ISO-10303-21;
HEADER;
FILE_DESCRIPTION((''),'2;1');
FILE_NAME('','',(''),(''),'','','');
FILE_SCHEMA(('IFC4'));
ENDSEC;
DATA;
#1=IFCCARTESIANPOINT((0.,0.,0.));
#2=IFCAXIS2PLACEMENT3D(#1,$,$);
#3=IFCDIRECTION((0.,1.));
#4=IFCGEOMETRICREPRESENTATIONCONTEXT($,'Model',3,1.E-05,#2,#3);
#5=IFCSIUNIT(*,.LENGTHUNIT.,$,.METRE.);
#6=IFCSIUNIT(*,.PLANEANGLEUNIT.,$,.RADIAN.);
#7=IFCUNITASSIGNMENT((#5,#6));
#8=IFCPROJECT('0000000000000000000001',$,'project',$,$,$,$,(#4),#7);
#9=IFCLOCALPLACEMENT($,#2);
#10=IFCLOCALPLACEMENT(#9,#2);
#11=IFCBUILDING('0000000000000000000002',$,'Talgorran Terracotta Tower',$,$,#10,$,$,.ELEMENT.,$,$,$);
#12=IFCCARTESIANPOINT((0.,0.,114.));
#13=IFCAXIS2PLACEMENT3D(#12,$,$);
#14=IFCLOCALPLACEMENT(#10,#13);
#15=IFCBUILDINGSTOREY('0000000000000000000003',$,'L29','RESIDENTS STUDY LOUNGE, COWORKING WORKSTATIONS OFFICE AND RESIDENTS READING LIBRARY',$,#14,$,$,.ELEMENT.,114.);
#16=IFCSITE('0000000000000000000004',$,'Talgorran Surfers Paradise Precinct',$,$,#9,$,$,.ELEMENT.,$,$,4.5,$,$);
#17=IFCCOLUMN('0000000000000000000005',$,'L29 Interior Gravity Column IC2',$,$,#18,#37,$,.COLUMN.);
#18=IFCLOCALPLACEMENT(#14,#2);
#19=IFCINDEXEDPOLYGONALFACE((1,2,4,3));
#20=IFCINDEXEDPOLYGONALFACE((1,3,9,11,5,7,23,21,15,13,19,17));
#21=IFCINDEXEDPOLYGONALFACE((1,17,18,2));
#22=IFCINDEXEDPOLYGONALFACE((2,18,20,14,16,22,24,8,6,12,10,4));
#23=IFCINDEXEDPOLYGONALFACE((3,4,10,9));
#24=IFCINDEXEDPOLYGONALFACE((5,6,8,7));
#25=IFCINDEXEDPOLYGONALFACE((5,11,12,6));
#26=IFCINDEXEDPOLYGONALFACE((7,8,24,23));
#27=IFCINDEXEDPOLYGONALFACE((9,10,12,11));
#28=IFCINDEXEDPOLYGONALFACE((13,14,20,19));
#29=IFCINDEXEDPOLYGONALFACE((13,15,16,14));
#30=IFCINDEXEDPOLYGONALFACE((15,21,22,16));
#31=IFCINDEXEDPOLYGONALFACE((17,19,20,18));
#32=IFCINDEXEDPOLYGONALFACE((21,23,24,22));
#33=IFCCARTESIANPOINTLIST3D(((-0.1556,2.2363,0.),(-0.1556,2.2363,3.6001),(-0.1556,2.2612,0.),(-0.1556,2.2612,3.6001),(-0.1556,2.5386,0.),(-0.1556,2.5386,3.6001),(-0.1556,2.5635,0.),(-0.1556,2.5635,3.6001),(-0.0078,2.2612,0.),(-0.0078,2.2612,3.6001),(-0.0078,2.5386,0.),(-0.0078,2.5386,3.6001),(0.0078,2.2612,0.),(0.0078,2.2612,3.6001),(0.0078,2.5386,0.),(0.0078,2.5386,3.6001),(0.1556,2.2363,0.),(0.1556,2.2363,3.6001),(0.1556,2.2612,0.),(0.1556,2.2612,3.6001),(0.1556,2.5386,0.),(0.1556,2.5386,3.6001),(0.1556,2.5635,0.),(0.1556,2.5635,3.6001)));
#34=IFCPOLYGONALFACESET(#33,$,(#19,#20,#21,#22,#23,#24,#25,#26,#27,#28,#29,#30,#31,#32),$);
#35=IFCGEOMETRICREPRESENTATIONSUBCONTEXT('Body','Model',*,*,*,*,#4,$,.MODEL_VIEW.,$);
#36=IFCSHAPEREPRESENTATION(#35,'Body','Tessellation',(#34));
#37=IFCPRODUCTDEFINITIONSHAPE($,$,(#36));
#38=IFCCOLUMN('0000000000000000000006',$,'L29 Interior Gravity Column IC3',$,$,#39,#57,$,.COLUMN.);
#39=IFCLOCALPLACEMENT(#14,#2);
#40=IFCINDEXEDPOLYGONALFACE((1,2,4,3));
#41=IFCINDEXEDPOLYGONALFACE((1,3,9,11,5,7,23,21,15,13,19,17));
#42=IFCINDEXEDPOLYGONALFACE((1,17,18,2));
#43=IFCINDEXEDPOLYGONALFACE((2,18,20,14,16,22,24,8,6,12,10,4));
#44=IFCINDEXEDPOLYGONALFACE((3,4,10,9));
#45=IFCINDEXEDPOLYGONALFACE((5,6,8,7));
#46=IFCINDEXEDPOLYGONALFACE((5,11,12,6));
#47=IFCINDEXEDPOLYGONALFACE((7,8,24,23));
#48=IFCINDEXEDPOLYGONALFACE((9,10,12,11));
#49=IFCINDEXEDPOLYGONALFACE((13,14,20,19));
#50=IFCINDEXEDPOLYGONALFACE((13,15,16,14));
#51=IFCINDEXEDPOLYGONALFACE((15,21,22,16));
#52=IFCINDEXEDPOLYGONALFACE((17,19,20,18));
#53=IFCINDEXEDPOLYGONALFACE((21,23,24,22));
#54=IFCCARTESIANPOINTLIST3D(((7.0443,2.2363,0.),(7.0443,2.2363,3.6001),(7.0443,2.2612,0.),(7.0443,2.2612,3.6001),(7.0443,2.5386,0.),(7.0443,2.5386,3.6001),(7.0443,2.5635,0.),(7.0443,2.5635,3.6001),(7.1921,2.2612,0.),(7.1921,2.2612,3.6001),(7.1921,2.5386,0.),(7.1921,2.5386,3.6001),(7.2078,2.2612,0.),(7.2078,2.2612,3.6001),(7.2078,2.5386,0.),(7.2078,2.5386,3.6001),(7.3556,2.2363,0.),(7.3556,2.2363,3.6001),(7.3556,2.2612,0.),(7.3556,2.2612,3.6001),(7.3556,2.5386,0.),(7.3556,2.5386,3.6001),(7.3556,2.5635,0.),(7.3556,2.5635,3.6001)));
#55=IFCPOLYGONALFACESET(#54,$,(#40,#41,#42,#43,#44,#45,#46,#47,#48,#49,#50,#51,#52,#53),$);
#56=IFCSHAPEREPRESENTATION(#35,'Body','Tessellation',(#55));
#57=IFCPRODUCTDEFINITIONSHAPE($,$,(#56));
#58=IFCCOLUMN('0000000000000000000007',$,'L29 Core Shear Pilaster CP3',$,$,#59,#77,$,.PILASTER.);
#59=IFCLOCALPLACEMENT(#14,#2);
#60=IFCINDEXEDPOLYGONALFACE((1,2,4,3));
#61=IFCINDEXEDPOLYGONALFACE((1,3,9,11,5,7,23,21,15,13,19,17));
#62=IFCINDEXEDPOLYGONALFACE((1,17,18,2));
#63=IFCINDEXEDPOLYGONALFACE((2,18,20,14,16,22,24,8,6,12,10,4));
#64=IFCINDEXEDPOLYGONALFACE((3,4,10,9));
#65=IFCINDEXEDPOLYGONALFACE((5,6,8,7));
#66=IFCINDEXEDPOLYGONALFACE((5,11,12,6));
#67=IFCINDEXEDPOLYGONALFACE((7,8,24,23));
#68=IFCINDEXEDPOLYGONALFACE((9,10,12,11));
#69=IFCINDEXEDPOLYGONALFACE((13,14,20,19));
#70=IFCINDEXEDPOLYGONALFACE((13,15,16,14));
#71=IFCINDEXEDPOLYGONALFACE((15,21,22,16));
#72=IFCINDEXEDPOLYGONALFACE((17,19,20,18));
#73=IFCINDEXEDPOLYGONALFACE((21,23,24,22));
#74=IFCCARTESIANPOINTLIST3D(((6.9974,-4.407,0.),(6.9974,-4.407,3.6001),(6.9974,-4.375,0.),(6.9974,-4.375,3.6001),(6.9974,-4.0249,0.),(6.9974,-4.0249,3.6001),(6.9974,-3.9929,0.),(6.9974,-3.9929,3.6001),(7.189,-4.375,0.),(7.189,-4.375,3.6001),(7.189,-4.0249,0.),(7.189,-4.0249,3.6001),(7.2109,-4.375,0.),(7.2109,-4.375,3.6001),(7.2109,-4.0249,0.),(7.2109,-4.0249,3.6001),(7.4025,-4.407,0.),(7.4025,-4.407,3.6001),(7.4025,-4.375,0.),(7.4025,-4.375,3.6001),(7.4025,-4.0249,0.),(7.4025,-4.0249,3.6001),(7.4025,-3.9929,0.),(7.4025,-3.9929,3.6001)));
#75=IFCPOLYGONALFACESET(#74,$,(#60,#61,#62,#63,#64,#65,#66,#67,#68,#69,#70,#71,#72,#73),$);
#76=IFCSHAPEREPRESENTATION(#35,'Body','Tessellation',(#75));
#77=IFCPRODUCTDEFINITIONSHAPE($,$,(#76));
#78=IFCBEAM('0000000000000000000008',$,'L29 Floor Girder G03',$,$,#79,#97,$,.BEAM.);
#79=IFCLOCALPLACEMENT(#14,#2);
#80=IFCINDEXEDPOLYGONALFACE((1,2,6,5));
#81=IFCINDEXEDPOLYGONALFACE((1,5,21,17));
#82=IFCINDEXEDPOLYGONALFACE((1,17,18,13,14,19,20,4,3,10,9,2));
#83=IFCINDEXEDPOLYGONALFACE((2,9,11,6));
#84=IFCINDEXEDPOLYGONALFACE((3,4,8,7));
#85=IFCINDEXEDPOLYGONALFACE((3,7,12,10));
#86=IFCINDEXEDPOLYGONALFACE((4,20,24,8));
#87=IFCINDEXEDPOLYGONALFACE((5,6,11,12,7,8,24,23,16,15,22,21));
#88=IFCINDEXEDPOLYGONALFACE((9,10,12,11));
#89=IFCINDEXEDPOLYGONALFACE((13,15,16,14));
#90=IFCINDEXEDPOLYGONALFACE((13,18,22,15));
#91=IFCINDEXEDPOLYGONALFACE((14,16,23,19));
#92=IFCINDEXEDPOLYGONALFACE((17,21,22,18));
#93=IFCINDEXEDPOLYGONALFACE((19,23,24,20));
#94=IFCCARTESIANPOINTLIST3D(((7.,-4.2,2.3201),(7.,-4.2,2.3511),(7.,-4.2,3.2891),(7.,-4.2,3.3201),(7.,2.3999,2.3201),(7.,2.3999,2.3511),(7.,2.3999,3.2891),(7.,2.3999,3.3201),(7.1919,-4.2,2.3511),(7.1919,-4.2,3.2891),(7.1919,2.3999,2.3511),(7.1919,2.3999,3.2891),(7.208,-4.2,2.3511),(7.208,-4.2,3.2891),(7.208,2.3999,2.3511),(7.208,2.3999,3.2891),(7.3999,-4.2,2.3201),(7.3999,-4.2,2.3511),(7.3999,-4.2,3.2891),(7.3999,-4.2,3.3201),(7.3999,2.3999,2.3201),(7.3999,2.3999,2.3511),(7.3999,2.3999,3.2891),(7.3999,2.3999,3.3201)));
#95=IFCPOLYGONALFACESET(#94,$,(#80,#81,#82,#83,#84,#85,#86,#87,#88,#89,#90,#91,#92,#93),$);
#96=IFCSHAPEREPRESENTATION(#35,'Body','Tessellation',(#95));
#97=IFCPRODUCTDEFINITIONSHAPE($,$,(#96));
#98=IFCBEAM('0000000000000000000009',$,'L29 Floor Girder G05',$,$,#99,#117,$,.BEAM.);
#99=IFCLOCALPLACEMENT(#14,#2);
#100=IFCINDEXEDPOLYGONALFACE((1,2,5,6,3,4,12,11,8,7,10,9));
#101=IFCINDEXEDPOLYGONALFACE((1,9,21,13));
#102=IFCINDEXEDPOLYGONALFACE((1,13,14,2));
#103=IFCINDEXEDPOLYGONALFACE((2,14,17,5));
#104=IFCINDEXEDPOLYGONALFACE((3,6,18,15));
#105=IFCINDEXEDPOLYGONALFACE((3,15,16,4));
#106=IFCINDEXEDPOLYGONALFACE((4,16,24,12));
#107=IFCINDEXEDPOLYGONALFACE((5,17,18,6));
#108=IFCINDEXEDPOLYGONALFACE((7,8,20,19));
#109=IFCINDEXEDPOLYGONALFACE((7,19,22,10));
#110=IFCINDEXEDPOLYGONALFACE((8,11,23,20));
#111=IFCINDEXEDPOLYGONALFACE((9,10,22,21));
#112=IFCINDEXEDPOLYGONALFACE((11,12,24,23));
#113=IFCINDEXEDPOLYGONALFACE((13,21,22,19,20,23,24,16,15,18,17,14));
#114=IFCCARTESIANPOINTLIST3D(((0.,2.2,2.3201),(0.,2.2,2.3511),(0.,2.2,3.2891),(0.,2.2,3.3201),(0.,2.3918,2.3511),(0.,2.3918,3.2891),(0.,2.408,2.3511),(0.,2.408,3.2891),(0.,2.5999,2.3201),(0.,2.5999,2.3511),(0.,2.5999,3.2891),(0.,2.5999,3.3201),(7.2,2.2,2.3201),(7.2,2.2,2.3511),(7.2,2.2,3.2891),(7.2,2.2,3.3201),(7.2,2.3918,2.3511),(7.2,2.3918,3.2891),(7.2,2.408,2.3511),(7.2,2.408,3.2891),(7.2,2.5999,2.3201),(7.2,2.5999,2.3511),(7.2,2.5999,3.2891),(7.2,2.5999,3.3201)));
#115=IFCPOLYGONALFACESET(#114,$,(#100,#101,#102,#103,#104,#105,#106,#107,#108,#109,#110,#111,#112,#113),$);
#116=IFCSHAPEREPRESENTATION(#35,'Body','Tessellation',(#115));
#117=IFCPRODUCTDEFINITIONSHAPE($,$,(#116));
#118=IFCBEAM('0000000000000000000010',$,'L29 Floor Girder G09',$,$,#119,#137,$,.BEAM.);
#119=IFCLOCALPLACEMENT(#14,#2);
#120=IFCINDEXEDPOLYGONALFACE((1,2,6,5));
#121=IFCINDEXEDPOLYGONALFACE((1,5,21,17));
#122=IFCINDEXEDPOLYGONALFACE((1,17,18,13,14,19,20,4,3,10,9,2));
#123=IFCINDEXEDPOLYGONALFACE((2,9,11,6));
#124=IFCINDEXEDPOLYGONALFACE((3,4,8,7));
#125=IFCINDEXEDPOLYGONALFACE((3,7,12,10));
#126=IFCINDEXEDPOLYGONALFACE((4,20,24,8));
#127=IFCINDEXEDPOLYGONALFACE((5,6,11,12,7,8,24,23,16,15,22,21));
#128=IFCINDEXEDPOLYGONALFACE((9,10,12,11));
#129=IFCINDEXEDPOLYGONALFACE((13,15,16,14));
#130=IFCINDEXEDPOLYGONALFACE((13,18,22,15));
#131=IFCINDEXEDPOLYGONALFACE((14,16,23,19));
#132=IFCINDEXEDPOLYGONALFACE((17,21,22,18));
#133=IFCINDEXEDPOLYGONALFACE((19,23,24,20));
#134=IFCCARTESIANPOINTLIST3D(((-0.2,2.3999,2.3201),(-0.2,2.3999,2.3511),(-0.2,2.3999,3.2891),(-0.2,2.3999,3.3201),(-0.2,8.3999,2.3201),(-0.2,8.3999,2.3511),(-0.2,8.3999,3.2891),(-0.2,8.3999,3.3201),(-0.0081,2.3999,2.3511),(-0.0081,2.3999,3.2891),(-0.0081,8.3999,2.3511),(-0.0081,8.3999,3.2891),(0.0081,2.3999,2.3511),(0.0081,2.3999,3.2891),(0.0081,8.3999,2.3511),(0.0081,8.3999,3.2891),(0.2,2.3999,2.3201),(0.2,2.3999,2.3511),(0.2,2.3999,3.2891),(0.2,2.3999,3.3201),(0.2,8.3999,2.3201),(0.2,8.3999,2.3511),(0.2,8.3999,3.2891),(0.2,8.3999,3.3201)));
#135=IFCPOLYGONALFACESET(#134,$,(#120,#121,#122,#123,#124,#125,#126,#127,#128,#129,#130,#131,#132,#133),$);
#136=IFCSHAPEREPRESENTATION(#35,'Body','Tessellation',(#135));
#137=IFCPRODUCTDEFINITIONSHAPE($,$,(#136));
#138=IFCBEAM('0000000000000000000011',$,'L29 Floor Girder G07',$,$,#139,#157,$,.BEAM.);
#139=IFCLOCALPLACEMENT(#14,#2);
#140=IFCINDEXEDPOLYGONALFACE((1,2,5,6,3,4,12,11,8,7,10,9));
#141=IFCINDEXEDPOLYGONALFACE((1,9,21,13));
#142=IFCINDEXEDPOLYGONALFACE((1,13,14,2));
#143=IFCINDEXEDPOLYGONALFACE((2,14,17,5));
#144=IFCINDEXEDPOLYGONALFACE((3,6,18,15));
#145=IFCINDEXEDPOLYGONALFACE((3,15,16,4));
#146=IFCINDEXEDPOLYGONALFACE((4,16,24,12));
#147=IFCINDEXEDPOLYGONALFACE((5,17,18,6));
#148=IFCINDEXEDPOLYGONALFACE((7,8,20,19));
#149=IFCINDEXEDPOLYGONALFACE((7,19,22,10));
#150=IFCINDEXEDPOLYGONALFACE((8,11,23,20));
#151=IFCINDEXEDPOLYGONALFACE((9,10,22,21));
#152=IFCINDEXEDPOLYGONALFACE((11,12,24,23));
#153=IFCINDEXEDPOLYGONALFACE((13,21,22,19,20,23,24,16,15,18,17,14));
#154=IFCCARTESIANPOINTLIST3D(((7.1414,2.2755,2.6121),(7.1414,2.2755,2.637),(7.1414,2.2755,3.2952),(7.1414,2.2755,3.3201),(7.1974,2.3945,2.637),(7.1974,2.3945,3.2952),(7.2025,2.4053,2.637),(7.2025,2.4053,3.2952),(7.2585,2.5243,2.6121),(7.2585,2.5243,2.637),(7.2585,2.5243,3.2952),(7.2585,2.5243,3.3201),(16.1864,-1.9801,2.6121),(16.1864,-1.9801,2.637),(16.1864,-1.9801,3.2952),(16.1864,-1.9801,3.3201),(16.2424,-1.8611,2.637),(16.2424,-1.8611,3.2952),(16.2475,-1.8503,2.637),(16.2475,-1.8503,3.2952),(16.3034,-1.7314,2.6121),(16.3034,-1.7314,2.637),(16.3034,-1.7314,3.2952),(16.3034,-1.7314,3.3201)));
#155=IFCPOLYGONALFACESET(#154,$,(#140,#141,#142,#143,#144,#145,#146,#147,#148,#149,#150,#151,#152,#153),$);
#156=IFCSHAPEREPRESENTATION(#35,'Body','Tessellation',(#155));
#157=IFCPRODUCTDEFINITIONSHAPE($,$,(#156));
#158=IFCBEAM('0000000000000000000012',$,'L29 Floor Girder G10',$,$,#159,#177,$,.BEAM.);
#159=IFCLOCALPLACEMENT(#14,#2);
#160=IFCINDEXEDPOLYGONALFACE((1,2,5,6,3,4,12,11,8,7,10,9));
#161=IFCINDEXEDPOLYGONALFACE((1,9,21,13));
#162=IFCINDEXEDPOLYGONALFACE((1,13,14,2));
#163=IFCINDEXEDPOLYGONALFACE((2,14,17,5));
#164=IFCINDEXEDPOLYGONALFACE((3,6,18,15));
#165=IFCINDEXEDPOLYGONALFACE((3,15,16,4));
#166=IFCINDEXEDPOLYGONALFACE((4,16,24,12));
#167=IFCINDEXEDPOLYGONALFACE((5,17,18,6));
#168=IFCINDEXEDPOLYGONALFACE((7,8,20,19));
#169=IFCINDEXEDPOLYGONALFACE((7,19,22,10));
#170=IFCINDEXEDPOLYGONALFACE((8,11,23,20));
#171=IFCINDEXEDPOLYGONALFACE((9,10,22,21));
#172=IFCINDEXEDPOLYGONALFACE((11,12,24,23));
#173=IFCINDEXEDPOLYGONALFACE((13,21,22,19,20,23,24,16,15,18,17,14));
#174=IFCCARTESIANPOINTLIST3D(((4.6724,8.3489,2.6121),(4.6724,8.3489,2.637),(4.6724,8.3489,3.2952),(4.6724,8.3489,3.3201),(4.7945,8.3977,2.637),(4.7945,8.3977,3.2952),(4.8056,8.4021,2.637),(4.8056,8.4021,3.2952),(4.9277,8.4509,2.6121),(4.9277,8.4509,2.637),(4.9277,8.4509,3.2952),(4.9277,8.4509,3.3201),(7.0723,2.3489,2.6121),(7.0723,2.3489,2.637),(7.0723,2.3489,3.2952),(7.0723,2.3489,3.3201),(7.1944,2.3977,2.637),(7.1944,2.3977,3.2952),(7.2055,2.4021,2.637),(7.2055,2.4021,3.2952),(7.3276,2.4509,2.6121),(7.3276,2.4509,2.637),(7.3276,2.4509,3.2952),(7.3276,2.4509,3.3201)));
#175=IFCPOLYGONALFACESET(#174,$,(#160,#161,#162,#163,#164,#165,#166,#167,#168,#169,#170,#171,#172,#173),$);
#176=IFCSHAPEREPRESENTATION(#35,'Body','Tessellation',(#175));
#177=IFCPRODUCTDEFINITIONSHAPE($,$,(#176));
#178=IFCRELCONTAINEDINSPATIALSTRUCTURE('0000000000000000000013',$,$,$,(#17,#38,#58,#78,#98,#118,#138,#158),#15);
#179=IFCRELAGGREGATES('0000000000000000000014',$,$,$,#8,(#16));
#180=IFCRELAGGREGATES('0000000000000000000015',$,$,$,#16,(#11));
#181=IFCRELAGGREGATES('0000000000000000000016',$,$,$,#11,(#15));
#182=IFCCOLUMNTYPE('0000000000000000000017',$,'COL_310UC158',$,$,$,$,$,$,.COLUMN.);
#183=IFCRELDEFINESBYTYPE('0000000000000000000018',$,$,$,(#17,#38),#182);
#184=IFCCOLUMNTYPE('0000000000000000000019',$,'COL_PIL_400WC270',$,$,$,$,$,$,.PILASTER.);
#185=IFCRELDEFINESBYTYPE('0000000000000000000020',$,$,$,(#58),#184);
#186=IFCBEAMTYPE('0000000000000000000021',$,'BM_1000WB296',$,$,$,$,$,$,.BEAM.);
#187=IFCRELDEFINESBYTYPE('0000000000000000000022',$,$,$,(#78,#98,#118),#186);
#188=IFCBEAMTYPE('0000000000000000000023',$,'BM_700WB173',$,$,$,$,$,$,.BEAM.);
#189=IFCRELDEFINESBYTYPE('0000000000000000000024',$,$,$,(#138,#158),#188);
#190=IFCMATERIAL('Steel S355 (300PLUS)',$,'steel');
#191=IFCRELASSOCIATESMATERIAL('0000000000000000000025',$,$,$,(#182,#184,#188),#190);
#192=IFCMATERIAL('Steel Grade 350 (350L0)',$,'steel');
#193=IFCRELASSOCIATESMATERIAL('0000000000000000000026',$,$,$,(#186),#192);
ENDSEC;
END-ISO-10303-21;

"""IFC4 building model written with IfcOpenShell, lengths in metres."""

from ifc_helpers import new_model, si_unit, direction, frame, origin, origin_2d, place, context, subcontext, project, spatial, i_section, extrude, material, material_profile, profile_set, type_object, element, save


model = new_model("IFC4")

# Units and contexts
model_context = context("Model", 3, precision=1e-05, world=origin(), true_north=direction((0.0, 1.0)))
body_context = subcontext(model_context, "Body", "Model", "MODEL_VIEW")
ifc_project = project(units=[si_unit("LENGTHUNIT", "METRE"), si_unit("PLANEANGLEUNIT", "RADIAN")], contexts=[model_context])

# Site, building, storey
site_placement = place(None, origin())
site = spatial("IfcSite", under=ifc_project, at=site_placement, Name="Talgorran Surfers Paradise Precinct", CompositionType="ELEMENT", RefElevation=4.5)
building_placement = place(site_placement, origin())
building = spatial("IfcBuilding", under=site, at=building_placement, Name="Talgorran Terracotta Tower", CompositionType="ELEMENT")
storey_placement = place(building_placement, frame((0.0, 0.0, 114.0)))
storey = spatial("IfcBuildingStorey", under=building, at=storey_placement, Name="L29", Description="RESIDENTS STUDY LOUNGE, COWORKING WORKSTATIONS OFFICE AND RESIDENTS READING LIBRARY", CompositionType="ELEMENT", Elevation=114.0)

# Columns
ifc_material_1 = material(Name="Steel S355 (300PLUS)", Category="steel")
ifc_material_profile_1 = material_profile(ifc_material_1, i_section(OverallWidth=0.3113, OverallDepth=0.3271, WebThickness=0.0156, FlangeThickness=0.0249, at=origin_2d()), Name="310UC158")
ifc_profile_set_1 = profile_set([ifc_material_profile_1], Name="Steel S355 (300PLUS)")
column_type_1 = type_object("IfcColumnType", Name="COL_310UC158", PredefinedType="COLUMN", material=ifc_profile_set_1)
for number, where, z_axis, x_axis, name in (
    (1, (0.0, 2.3999, 0.0), (0.0, 0.0, 1.0), (1.0, 0.0, 0.0), "L29 Interior Gravity Column IC2"),
    (2, (7.2, 2.3999, 0.0), (0.0, 0.0, 1.0), (1.0, 0.0, 0.0), "L29 Interior Gravity Column IC3"),
):
    element("IfcColumn", number, at=place(storey_placement, frame(where, z_axis=z_axis, x_axis=x_axis)), inside=storey, type_object=column_type_1, Name=name, PredefinedType="COLUMN", context=body_context, shape_type="SweptSolid", body=[
        extrude(i_section(OverallWidth=0.3113, OverallDepth=0.3271, WebThickness=0.0156, FlangeThickness=0.0249, at=origin_2d()), origin(), (0.0, 0.0, 1.0), 3.6001),
    ])
ifc_material_profile_2 = material_profile(ifc_material_1, i_section(OverallWidth=0.405, OverallDepth=0.4141, WebThickness=0.022, FlangeThickness=0.032, at=origin_2d()), Name="400WC270")
ifc_profile_set_2 = profile_set([ifc_material_profile_2], Name="Steel S355 (300PLUS)")
column_type_2 = type_object("IfcColumnType", Name="COL_PIL_400WC270", PredefinedType="PILASTER", material=ifc_profile_set_2)
column_placement = place(storey_placement, frame((7.2, -4.2, 0.0), z_axis=(0.0, 0.0, 1.0), x_axis=(1.0, 0.0, 0.0)))
element("IfcColumn", 3, at=column_placement, inside=storey, type_object=column_type_2, Name="L29 Core Shear Pilaster CP3", PredefinedType="PILASTER", context=body_context, shape_type="SweptSolid", body=[
    extrude(i_section(OverallWidth=0.405, OverallDepth=0.4141, WebThickness=0.022, FlangeThickness=0.032, at=origin_2d()), origin(), (0.0, 0.0, 1.0), 3.6001),
])

# Beams
ifc_material_2 = material(Name="Steel Grade 350 (350L0)", Category="steel")
ifc_material_profile_3 = material_profile(ifc_material_2, i_section(OverallWidth=0.3999, OverallDepth=1.0, WebThickness=0.0161, FlangeThickness=0.031, at=origin_2d()), Name="1000WB296")
ifc_profile_set_3 = profile_set([ifc_material_profile_3], Name="Steel Grade 350 (350L0)")
beam_type_1 = type_object("IfcBeamType", Name="BM_1000WB296", PredefinedType="BEAM", material=ifc_profile_set_3)
beam_1_placement = place(storey_placement, frame((7.2, -4.2, 2.8201), z_axis=(0.0, 1.0, 0.0), x_axis=(-1.0, 0.0, 0.0)))
element("IfcBeam", 4, at=beam_1_placement, inside=storey, type_object=beam_type_1, Name="L29 Floor Girder G03", PredefinedType="BEAM", context=body_context, shape_type="SweptSolid", body=[
    extrude(i_section(OverallWidth=0.3999, OverallDepth=1.0, WebThickness=0.0161, FlangeThickness=0.031, at=origin_2d()), origin(), (0.0, 0.0, 1.0), 6.5999),
])
beam_2_placement = place(storey_placement, frame((0.0, 2.3999, 2.8201), z_axis=(1.0, 0.0, 0.0), x_axis=(0.0, 1.0, 0.0)))
element("IfcBeam", 5, at=beam_2_placement, inside=storey, type_object=beam_type_1, Name="L29 Floor Girder G05", PredefinedType="BEAM", context=body_context, shape_type="SweptSolid", body=[
    extrude(i_section(OverallWidth=0.3999, OverallDepth=1.0, WebThickness=0.0161, FlangeThickness=0.031, at=origin_2d()), origin(), (0.0, 0.0, 1.0), 7.2),
])
beam_3_placement = place(storey_placement, frame((0.0, 2.3999, 2.8201), z_axis=(0.0, 1.0, 0.0), x_axis=(-1.0, 0.0, 0.0)))
element("IfcBeam", 6, at=beam_3_placement, inside=storey, type_object=beam_type_1, Name="L29 Floor Girder G09", PredefinedType="BEAM", context=body_context, shape_type="SweptSolid", body=[
    extrude(i_section(OverallWidth=0.3999, OverallDepth=1.0, WebThickness=0.0161, FlangeThickness=0.031, at=origin_2d()), origin(), (0.0, 0.0, 1.0), 6.0),
])
ifc_material_profile_4 = material_profile(ifc_material_1, i_section(OverallWidth=0.2749, OverallDepth=0.708, WebThickness=0.012, FlangeThickness=0.0249, at=origin_2d()), Name="700WB173")
ifc_profile_set_4 = profile_set([ifc_material_profile_4], Name="Steel S355 (300PLUS)")
beam_type_2 = type_object("IfcBeamType", Name="BM_700WB173", PredefinedType="BEAM", material=ifc_profile_set_4)
beam_4_placement = place(storey_placement, frame((7.2, 2.3999, 2.9661), z_axis=(0.90485, -0.42573, 0.0), x_axis=(0.42573, 0.90485, 0.0)))
element("IfcBeam", 7, at=beam_4_placement, inside=storey, type_object=beam_type_2, Name="L29 Floor Girder G07", PredefinedType="BEAM", context=body_context, shape_type="SweptSolid", body=[
    extrude(i_section(OverallWidth=0.2749, OverallDepth=0.708, WebThickness=0.012, FlangeThickness=0.0249, at=origin_2d()), origin(), (0.0, 0.0, 1.0), 9.9961),
])
beam_5_placement = place(storey_placement, frame((7.2, 2.3999, 2.9661), z_axis=(-0.371378, 0.928482, 0.0), x_axis=(-0.928482, -0.371378, 0.0)))
element("IfcBeam", 8, at=beam_5_placement, inside=storey, type_object=beam_type_2, Name="L29 Floor Girder G10", PredefinedType="BEAM", context=body_context, shape_type="SweptSolid", body=[
    extrude(i_section(OverallWidth=0.2749, OverallDepth=0.708, WebThickness=0.012, FlangeThickness=0.0249, at=origin_2d()), origin(), (0.0, 0.0, 1.0), 6.4622),
])

save(model, "model.ifc")
